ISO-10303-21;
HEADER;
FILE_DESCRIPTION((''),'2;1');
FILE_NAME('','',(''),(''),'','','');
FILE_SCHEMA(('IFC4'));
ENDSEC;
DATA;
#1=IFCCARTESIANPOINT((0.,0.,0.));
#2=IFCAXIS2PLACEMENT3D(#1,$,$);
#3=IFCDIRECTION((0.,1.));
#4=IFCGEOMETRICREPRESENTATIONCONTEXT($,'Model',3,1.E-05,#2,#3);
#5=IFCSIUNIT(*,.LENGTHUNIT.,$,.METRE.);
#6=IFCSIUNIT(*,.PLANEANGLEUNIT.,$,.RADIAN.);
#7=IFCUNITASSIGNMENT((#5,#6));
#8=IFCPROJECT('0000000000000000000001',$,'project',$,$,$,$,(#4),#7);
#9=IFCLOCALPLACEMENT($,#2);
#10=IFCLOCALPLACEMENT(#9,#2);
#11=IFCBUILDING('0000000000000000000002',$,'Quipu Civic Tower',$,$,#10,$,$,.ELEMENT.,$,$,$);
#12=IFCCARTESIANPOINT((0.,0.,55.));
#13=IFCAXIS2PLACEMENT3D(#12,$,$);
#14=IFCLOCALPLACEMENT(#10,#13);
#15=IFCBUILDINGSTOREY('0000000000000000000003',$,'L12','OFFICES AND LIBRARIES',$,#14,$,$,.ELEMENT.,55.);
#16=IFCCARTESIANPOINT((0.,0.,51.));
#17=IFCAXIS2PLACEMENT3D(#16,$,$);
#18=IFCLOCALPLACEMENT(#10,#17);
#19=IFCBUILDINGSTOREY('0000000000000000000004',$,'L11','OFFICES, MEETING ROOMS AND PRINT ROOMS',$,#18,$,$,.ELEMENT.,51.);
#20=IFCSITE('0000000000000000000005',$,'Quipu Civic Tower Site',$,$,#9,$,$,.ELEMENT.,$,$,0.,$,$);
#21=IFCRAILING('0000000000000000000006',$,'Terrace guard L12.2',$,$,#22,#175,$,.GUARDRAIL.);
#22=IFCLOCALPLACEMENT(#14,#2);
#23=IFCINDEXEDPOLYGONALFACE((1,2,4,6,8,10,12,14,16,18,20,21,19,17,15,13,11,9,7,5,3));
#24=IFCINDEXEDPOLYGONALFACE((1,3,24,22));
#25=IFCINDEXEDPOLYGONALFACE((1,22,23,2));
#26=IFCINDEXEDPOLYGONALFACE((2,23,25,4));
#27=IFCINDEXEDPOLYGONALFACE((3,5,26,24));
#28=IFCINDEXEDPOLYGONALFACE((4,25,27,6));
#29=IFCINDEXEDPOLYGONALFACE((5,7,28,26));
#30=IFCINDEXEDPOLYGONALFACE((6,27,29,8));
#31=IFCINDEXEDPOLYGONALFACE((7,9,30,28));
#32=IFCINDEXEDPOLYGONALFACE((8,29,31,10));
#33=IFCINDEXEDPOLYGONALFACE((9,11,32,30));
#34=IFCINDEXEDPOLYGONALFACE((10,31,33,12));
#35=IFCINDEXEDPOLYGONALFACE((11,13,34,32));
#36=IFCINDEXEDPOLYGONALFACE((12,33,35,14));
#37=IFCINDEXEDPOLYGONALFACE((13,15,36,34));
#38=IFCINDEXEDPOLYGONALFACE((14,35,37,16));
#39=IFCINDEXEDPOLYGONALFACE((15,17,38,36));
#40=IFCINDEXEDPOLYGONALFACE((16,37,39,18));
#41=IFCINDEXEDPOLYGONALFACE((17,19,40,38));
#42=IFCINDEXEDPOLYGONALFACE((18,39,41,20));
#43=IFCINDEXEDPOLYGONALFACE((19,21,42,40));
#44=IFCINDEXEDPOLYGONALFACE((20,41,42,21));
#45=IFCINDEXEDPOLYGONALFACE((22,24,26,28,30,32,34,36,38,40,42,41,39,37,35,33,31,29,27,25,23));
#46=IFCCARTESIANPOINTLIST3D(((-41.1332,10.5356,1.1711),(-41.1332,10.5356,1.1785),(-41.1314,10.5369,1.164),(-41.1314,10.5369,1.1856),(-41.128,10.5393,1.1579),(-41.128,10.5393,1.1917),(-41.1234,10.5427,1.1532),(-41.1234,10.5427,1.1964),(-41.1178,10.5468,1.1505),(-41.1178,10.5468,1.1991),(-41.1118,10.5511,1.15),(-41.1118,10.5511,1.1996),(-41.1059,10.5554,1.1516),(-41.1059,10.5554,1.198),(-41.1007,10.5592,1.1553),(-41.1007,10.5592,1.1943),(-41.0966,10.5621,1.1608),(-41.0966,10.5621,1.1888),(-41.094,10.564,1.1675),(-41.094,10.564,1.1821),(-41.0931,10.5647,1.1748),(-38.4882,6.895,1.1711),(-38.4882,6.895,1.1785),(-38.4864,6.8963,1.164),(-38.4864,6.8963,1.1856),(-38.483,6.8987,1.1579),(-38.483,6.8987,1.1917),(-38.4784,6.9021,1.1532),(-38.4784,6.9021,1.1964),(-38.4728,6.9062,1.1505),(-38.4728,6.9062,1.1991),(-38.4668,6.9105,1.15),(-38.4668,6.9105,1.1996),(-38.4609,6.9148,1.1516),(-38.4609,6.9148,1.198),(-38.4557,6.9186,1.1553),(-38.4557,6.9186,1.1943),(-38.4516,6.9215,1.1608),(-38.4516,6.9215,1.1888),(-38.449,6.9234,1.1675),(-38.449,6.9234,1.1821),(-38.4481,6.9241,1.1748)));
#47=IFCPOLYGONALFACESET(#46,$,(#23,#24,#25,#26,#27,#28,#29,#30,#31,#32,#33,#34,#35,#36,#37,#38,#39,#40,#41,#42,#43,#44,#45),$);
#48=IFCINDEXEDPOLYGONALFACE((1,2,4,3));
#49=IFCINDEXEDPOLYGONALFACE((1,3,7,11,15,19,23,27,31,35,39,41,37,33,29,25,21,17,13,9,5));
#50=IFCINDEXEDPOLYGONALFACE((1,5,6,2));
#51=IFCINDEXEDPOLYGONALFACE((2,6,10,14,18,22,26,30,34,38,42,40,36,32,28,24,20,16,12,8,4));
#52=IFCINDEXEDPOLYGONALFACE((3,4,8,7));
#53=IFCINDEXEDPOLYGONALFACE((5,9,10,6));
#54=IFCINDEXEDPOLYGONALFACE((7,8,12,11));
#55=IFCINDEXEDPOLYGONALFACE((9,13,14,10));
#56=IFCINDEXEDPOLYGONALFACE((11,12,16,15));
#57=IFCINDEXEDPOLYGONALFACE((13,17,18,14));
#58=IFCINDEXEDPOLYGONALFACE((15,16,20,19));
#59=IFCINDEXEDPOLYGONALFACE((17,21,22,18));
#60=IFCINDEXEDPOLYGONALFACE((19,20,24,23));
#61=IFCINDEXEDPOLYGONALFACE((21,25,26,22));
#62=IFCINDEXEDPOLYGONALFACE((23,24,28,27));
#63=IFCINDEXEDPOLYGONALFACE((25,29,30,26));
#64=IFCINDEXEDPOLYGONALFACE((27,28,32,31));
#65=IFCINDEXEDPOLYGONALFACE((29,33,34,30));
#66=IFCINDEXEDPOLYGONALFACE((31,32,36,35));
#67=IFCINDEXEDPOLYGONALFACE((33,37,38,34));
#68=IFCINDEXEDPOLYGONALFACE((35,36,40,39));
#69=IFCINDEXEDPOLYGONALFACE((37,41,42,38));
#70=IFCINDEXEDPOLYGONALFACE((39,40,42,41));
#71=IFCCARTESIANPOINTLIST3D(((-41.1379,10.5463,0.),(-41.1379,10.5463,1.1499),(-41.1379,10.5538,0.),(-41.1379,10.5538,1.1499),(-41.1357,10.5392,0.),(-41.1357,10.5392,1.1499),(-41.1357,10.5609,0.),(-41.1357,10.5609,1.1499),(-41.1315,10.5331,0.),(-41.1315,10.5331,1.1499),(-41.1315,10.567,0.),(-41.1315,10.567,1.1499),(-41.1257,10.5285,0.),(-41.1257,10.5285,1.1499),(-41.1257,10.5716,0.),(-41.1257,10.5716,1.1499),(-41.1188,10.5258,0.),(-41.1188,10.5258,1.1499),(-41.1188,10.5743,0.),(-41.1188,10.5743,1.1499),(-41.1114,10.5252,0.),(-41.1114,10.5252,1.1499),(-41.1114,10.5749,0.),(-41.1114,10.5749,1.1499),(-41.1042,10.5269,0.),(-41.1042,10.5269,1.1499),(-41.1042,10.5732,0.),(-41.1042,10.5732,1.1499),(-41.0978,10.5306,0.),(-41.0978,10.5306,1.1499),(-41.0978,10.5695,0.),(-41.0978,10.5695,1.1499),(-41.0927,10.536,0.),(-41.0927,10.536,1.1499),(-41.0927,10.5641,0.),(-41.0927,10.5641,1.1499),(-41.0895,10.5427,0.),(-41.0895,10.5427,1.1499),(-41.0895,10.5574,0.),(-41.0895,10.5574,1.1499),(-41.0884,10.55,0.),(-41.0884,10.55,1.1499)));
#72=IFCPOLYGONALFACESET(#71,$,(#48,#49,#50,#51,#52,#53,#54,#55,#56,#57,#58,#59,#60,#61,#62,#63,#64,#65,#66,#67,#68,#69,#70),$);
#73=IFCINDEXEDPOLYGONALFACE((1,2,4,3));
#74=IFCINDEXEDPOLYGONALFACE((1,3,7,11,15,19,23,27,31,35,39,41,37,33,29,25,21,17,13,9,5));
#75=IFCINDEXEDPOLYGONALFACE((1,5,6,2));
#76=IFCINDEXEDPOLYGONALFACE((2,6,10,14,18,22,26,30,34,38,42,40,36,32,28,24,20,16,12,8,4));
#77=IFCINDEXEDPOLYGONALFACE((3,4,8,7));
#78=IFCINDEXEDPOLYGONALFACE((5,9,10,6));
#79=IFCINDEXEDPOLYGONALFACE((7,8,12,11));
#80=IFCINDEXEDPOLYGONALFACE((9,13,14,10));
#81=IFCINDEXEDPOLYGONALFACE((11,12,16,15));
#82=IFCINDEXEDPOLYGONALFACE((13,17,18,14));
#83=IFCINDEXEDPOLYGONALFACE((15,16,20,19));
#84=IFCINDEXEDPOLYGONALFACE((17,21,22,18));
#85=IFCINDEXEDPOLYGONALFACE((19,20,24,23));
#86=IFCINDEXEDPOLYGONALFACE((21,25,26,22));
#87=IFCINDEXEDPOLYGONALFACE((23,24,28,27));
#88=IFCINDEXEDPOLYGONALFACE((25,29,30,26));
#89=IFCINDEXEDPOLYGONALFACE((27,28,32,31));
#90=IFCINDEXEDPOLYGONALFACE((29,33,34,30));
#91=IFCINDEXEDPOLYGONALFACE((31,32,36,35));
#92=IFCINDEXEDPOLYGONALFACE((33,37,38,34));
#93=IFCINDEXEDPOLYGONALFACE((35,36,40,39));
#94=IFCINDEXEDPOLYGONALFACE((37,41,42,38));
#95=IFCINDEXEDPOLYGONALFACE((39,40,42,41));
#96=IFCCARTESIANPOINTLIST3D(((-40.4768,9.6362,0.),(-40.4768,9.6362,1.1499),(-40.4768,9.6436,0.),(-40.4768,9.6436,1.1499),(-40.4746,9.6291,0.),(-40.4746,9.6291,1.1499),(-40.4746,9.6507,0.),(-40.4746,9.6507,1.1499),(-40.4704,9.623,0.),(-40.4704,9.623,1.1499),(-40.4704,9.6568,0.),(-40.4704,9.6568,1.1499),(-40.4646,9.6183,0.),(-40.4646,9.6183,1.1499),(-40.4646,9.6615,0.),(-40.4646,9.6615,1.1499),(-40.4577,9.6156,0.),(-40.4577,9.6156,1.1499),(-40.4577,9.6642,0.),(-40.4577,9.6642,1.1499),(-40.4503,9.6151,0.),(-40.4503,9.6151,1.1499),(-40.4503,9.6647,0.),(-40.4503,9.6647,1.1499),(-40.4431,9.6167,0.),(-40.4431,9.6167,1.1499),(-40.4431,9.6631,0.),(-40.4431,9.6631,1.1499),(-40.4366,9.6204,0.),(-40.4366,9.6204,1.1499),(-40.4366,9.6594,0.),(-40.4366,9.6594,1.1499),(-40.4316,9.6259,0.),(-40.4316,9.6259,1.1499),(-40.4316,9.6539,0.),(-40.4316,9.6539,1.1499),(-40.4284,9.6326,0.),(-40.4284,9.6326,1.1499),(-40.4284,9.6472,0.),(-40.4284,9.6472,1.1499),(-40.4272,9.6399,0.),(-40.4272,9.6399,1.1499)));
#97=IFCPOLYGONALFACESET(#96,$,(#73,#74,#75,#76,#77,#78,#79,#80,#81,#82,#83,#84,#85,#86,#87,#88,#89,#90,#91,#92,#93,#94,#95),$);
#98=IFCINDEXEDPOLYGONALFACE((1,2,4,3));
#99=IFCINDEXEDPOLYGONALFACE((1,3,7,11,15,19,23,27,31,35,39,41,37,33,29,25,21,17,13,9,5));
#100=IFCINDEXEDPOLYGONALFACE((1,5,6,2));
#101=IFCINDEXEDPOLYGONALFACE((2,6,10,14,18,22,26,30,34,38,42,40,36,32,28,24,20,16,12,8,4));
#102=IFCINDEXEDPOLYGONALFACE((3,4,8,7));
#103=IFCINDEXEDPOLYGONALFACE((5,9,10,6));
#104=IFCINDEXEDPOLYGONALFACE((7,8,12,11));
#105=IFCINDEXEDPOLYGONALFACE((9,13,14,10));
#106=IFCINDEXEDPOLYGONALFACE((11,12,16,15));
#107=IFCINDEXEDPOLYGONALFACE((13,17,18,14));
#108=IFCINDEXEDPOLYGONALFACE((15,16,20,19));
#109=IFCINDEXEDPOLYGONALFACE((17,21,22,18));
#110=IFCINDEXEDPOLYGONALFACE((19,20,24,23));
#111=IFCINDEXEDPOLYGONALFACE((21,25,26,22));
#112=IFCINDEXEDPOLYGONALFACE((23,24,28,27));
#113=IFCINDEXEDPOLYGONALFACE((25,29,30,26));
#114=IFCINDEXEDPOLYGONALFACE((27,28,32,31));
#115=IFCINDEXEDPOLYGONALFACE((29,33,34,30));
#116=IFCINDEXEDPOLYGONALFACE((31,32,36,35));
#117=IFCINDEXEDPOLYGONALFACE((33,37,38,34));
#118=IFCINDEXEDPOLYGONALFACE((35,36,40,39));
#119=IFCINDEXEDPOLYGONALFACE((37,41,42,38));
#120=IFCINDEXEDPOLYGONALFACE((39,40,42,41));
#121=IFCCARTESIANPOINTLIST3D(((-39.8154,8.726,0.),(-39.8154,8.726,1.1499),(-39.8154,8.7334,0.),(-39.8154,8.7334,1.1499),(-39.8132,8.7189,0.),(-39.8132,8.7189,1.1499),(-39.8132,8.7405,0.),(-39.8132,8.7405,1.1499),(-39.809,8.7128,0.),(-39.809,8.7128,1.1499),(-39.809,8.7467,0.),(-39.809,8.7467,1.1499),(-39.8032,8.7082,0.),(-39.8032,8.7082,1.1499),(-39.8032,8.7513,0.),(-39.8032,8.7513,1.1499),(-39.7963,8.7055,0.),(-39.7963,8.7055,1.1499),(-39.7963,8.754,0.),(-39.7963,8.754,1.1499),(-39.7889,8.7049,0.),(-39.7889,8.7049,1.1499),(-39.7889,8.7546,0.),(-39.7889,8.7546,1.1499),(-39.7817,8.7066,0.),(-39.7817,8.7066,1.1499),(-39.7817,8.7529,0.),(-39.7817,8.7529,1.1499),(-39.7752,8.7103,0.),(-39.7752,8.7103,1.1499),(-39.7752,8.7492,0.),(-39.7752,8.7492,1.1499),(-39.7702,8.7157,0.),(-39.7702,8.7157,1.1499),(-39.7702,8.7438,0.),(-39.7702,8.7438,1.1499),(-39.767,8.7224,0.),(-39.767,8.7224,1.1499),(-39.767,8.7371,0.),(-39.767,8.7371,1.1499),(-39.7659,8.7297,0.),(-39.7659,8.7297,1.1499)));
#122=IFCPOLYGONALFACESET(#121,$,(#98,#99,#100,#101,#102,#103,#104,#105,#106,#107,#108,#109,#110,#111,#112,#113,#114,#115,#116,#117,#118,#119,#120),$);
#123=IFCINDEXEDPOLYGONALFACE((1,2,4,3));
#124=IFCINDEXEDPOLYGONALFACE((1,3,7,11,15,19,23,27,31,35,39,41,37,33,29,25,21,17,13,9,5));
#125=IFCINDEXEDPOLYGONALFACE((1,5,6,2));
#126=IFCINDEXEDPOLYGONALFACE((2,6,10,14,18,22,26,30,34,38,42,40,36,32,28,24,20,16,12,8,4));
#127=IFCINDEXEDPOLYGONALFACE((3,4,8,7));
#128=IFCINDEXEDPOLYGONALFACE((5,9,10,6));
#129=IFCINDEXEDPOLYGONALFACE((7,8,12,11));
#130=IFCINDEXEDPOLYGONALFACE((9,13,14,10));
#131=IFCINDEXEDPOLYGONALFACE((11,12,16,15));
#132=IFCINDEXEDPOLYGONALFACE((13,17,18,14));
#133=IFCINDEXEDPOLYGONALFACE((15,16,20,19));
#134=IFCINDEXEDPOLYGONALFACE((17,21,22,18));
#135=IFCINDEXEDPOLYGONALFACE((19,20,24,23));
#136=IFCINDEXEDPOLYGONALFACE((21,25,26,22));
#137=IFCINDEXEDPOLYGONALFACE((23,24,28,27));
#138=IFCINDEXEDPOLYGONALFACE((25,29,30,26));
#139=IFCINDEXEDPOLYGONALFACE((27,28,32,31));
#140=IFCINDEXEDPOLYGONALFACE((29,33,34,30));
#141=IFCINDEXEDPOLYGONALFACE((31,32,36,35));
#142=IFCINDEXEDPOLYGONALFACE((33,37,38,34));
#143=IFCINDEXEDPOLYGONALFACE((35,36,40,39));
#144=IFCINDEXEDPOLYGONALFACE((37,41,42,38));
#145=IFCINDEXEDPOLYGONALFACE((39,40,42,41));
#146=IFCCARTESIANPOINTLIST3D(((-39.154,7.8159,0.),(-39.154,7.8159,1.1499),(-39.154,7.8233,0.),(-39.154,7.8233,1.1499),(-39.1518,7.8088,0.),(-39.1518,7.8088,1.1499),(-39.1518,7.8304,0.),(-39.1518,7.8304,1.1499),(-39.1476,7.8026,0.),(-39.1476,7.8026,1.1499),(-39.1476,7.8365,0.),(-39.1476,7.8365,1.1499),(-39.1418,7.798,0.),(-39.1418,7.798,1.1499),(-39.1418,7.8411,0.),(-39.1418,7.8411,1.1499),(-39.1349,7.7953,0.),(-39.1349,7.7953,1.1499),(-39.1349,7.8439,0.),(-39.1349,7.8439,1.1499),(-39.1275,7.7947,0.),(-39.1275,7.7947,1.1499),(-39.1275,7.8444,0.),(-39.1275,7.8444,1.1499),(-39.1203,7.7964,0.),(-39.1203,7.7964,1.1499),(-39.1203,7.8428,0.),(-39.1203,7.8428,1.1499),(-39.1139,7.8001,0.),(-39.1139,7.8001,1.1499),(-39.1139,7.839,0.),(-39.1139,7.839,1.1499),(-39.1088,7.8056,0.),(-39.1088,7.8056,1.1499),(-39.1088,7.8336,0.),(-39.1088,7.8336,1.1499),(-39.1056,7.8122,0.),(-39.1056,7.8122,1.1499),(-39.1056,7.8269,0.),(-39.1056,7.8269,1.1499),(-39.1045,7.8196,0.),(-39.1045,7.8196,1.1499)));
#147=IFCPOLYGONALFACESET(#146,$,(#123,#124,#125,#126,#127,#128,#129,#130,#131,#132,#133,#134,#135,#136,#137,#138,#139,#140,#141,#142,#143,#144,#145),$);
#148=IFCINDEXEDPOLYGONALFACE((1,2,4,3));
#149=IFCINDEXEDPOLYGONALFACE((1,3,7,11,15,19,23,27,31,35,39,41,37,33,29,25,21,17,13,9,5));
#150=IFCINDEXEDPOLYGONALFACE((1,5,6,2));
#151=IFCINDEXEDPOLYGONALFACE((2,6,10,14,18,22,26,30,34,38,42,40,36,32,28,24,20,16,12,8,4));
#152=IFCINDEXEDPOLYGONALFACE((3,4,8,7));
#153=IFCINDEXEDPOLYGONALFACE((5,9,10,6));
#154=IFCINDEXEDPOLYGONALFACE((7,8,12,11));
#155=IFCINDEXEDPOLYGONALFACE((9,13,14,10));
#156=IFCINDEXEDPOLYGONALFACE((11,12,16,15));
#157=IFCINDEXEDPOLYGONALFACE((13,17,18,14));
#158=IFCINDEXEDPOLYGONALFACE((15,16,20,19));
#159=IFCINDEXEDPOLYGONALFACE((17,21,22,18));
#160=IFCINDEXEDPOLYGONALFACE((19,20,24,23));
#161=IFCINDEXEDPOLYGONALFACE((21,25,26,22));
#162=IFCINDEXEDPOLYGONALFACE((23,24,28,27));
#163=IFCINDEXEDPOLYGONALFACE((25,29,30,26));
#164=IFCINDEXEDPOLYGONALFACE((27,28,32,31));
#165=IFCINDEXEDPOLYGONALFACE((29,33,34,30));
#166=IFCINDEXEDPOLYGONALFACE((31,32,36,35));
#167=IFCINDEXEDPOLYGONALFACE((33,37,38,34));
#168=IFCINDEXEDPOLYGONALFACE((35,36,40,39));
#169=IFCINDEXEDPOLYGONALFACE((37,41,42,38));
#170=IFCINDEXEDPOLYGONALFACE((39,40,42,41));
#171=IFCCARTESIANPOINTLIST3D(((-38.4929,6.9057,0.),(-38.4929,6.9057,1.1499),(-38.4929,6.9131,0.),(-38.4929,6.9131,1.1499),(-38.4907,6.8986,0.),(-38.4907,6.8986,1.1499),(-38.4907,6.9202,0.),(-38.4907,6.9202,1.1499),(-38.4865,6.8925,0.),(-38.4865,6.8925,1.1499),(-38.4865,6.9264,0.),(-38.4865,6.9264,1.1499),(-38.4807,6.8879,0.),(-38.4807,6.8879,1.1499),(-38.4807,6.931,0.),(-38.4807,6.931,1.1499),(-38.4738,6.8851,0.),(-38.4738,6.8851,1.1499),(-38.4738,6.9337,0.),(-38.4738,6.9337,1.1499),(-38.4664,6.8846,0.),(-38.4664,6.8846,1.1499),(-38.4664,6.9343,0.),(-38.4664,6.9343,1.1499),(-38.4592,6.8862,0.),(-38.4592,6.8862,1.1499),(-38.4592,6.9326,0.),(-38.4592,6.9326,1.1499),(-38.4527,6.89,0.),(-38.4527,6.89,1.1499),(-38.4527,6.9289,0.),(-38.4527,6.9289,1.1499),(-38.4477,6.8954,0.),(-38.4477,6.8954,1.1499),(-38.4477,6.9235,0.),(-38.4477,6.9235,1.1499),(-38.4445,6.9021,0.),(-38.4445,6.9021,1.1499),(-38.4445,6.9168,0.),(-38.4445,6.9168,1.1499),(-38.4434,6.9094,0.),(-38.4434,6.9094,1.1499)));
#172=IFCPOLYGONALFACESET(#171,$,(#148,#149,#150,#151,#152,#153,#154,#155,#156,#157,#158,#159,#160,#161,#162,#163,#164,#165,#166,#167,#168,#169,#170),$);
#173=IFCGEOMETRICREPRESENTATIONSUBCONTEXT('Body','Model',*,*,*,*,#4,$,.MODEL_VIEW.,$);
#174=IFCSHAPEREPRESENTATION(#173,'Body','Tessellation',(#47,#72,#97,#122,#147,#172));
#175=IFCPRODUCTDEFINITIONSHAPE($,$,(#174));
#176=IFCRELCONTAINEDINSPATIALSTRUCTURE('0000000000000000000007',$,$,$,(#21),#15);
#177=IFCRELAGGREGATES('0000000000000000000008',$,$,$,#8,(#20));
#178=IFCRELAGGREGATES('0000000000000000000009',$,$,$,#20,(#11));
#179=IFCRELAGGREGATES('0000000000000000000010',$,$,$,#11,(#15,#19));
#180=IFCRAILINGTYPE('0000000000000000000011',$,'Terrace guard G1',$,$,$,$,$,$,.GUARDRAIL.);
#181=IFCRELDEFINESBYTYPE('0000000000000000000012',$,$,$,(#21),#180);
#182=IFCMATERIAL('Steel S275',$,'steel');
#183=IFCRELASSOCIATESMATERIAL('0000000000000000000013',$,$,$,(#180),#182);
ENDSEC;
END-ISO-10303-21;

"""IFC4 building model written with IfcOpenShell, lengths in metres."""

from ifc_helpers import new_model, si_unit, direction, frame, origin, origin_2d, place, context, subcontext, project, spatial, circle, extrude, material, type_object, element, save


model = new_model("IFC4")

# Units and contexts
model_context = context("Model", 3, precision=1e-05, world=origin(), true_north=direction((0.0, 1.0)))
body_context = subcontext(model_context, "Body", "Model", "MODEL_VIEW")
ifc_project = project(units=[si_unit("LENGTHUNIT", "METRE"), si_unit("PLANEANGLEUNIT", "RADIAN")], contexts=[model_context])

# Site, building, storey
site_placement = place(None, origin())
site = spatial("IfcSite", under=ifc_project, at=site_placement, Name="Quipu Civic Tower Site", CompositionType="ELEMENT", RefElevation=0.0)
building_placement = place(site_placement, origin())
building = spatial("IfcBuilding", under=site, at=building_placement, Name="Quipu Civic Tower", CompositionType="ELEMENT")
storey_1_placement = place(building_placement, frame((0.0, 0.0, 55.0)))
storey_1 = spatial("IfcBuildingStorey", under=building, at=storey_1_placement, Name="L12", Description="OFFICES AND LIBRARIES", CompositionType="ELEMENT", Elevation=55.0)

# Shared definitions
storey_2_placement = place(building_placement, frame((0.0, 0.0, 51.0)))
storey_2 = spatial("IfcBuildingStorey", under=building, at=storey_2_placement, Name="L11", Description="OFFICES, MEETING ROOMS AND PRINT ROOMS", CompositionType="ELEMENT", Elevation=51.0)

# Railing
ifc_material_1 = material(Name="Steel S275", Category="steel")
railing_type = type_object("IfcRailingType", Name="Terrace guard G1", PredefinedType="GUARDRAIL", material=ifc_material_1)
for number, where, name in (
    (1, (-41.1133, 10.55, 0.0), "Terrace guard L12.2"),
):
    element("IfcRailing", number, at=place(storey_1_placement, frame(where)), inside=storey_1, type_object=railing_type, Name=name, PredefinedType="GUARDRAIL", context=body_context, shape_type="SweptSolid", body=[
        extrude(circle(Radius=0.0249, at=origin_2d()), frame((0.0, 0.0, 1.1748), z_axis=(0.587778, -0.809022, 0.0), x_axis=(0.809022, 0.587778, 0.0)), (0.0, 0.0, 1.0), 4.5),
        extrude(circle(Radius=0.0249, at=origin_2d()), origin(), (0.0, 0.0, 1.0), 1.1499),
        extrude(circle(Radius=0.0249, at=origin_2d()), frame((0.6611, -0.9102, 0.0)), (0.0, 0.0, 1.0), 1.1499),
        extrude(circle(Radius=0.0249, at=origin_2d()), frame((1.3225, -1.8203, 0.0)), (0.0, 0.0, 1.0), 1.1499),
        extrude(circle(Radius=0.0249, at=origin_2d()), frame((1.9839, -2.7305, 0.0)), (0.0, 0.0, 1.0), 1.1499),
        extrude(circle(Radius=0.0249, at=origin_2d()), frame((2.645, -3.6406, 0.0)), (0.0, 0.0, 1.0), 1.1499),
    ])

save(model, "model.ifc")
